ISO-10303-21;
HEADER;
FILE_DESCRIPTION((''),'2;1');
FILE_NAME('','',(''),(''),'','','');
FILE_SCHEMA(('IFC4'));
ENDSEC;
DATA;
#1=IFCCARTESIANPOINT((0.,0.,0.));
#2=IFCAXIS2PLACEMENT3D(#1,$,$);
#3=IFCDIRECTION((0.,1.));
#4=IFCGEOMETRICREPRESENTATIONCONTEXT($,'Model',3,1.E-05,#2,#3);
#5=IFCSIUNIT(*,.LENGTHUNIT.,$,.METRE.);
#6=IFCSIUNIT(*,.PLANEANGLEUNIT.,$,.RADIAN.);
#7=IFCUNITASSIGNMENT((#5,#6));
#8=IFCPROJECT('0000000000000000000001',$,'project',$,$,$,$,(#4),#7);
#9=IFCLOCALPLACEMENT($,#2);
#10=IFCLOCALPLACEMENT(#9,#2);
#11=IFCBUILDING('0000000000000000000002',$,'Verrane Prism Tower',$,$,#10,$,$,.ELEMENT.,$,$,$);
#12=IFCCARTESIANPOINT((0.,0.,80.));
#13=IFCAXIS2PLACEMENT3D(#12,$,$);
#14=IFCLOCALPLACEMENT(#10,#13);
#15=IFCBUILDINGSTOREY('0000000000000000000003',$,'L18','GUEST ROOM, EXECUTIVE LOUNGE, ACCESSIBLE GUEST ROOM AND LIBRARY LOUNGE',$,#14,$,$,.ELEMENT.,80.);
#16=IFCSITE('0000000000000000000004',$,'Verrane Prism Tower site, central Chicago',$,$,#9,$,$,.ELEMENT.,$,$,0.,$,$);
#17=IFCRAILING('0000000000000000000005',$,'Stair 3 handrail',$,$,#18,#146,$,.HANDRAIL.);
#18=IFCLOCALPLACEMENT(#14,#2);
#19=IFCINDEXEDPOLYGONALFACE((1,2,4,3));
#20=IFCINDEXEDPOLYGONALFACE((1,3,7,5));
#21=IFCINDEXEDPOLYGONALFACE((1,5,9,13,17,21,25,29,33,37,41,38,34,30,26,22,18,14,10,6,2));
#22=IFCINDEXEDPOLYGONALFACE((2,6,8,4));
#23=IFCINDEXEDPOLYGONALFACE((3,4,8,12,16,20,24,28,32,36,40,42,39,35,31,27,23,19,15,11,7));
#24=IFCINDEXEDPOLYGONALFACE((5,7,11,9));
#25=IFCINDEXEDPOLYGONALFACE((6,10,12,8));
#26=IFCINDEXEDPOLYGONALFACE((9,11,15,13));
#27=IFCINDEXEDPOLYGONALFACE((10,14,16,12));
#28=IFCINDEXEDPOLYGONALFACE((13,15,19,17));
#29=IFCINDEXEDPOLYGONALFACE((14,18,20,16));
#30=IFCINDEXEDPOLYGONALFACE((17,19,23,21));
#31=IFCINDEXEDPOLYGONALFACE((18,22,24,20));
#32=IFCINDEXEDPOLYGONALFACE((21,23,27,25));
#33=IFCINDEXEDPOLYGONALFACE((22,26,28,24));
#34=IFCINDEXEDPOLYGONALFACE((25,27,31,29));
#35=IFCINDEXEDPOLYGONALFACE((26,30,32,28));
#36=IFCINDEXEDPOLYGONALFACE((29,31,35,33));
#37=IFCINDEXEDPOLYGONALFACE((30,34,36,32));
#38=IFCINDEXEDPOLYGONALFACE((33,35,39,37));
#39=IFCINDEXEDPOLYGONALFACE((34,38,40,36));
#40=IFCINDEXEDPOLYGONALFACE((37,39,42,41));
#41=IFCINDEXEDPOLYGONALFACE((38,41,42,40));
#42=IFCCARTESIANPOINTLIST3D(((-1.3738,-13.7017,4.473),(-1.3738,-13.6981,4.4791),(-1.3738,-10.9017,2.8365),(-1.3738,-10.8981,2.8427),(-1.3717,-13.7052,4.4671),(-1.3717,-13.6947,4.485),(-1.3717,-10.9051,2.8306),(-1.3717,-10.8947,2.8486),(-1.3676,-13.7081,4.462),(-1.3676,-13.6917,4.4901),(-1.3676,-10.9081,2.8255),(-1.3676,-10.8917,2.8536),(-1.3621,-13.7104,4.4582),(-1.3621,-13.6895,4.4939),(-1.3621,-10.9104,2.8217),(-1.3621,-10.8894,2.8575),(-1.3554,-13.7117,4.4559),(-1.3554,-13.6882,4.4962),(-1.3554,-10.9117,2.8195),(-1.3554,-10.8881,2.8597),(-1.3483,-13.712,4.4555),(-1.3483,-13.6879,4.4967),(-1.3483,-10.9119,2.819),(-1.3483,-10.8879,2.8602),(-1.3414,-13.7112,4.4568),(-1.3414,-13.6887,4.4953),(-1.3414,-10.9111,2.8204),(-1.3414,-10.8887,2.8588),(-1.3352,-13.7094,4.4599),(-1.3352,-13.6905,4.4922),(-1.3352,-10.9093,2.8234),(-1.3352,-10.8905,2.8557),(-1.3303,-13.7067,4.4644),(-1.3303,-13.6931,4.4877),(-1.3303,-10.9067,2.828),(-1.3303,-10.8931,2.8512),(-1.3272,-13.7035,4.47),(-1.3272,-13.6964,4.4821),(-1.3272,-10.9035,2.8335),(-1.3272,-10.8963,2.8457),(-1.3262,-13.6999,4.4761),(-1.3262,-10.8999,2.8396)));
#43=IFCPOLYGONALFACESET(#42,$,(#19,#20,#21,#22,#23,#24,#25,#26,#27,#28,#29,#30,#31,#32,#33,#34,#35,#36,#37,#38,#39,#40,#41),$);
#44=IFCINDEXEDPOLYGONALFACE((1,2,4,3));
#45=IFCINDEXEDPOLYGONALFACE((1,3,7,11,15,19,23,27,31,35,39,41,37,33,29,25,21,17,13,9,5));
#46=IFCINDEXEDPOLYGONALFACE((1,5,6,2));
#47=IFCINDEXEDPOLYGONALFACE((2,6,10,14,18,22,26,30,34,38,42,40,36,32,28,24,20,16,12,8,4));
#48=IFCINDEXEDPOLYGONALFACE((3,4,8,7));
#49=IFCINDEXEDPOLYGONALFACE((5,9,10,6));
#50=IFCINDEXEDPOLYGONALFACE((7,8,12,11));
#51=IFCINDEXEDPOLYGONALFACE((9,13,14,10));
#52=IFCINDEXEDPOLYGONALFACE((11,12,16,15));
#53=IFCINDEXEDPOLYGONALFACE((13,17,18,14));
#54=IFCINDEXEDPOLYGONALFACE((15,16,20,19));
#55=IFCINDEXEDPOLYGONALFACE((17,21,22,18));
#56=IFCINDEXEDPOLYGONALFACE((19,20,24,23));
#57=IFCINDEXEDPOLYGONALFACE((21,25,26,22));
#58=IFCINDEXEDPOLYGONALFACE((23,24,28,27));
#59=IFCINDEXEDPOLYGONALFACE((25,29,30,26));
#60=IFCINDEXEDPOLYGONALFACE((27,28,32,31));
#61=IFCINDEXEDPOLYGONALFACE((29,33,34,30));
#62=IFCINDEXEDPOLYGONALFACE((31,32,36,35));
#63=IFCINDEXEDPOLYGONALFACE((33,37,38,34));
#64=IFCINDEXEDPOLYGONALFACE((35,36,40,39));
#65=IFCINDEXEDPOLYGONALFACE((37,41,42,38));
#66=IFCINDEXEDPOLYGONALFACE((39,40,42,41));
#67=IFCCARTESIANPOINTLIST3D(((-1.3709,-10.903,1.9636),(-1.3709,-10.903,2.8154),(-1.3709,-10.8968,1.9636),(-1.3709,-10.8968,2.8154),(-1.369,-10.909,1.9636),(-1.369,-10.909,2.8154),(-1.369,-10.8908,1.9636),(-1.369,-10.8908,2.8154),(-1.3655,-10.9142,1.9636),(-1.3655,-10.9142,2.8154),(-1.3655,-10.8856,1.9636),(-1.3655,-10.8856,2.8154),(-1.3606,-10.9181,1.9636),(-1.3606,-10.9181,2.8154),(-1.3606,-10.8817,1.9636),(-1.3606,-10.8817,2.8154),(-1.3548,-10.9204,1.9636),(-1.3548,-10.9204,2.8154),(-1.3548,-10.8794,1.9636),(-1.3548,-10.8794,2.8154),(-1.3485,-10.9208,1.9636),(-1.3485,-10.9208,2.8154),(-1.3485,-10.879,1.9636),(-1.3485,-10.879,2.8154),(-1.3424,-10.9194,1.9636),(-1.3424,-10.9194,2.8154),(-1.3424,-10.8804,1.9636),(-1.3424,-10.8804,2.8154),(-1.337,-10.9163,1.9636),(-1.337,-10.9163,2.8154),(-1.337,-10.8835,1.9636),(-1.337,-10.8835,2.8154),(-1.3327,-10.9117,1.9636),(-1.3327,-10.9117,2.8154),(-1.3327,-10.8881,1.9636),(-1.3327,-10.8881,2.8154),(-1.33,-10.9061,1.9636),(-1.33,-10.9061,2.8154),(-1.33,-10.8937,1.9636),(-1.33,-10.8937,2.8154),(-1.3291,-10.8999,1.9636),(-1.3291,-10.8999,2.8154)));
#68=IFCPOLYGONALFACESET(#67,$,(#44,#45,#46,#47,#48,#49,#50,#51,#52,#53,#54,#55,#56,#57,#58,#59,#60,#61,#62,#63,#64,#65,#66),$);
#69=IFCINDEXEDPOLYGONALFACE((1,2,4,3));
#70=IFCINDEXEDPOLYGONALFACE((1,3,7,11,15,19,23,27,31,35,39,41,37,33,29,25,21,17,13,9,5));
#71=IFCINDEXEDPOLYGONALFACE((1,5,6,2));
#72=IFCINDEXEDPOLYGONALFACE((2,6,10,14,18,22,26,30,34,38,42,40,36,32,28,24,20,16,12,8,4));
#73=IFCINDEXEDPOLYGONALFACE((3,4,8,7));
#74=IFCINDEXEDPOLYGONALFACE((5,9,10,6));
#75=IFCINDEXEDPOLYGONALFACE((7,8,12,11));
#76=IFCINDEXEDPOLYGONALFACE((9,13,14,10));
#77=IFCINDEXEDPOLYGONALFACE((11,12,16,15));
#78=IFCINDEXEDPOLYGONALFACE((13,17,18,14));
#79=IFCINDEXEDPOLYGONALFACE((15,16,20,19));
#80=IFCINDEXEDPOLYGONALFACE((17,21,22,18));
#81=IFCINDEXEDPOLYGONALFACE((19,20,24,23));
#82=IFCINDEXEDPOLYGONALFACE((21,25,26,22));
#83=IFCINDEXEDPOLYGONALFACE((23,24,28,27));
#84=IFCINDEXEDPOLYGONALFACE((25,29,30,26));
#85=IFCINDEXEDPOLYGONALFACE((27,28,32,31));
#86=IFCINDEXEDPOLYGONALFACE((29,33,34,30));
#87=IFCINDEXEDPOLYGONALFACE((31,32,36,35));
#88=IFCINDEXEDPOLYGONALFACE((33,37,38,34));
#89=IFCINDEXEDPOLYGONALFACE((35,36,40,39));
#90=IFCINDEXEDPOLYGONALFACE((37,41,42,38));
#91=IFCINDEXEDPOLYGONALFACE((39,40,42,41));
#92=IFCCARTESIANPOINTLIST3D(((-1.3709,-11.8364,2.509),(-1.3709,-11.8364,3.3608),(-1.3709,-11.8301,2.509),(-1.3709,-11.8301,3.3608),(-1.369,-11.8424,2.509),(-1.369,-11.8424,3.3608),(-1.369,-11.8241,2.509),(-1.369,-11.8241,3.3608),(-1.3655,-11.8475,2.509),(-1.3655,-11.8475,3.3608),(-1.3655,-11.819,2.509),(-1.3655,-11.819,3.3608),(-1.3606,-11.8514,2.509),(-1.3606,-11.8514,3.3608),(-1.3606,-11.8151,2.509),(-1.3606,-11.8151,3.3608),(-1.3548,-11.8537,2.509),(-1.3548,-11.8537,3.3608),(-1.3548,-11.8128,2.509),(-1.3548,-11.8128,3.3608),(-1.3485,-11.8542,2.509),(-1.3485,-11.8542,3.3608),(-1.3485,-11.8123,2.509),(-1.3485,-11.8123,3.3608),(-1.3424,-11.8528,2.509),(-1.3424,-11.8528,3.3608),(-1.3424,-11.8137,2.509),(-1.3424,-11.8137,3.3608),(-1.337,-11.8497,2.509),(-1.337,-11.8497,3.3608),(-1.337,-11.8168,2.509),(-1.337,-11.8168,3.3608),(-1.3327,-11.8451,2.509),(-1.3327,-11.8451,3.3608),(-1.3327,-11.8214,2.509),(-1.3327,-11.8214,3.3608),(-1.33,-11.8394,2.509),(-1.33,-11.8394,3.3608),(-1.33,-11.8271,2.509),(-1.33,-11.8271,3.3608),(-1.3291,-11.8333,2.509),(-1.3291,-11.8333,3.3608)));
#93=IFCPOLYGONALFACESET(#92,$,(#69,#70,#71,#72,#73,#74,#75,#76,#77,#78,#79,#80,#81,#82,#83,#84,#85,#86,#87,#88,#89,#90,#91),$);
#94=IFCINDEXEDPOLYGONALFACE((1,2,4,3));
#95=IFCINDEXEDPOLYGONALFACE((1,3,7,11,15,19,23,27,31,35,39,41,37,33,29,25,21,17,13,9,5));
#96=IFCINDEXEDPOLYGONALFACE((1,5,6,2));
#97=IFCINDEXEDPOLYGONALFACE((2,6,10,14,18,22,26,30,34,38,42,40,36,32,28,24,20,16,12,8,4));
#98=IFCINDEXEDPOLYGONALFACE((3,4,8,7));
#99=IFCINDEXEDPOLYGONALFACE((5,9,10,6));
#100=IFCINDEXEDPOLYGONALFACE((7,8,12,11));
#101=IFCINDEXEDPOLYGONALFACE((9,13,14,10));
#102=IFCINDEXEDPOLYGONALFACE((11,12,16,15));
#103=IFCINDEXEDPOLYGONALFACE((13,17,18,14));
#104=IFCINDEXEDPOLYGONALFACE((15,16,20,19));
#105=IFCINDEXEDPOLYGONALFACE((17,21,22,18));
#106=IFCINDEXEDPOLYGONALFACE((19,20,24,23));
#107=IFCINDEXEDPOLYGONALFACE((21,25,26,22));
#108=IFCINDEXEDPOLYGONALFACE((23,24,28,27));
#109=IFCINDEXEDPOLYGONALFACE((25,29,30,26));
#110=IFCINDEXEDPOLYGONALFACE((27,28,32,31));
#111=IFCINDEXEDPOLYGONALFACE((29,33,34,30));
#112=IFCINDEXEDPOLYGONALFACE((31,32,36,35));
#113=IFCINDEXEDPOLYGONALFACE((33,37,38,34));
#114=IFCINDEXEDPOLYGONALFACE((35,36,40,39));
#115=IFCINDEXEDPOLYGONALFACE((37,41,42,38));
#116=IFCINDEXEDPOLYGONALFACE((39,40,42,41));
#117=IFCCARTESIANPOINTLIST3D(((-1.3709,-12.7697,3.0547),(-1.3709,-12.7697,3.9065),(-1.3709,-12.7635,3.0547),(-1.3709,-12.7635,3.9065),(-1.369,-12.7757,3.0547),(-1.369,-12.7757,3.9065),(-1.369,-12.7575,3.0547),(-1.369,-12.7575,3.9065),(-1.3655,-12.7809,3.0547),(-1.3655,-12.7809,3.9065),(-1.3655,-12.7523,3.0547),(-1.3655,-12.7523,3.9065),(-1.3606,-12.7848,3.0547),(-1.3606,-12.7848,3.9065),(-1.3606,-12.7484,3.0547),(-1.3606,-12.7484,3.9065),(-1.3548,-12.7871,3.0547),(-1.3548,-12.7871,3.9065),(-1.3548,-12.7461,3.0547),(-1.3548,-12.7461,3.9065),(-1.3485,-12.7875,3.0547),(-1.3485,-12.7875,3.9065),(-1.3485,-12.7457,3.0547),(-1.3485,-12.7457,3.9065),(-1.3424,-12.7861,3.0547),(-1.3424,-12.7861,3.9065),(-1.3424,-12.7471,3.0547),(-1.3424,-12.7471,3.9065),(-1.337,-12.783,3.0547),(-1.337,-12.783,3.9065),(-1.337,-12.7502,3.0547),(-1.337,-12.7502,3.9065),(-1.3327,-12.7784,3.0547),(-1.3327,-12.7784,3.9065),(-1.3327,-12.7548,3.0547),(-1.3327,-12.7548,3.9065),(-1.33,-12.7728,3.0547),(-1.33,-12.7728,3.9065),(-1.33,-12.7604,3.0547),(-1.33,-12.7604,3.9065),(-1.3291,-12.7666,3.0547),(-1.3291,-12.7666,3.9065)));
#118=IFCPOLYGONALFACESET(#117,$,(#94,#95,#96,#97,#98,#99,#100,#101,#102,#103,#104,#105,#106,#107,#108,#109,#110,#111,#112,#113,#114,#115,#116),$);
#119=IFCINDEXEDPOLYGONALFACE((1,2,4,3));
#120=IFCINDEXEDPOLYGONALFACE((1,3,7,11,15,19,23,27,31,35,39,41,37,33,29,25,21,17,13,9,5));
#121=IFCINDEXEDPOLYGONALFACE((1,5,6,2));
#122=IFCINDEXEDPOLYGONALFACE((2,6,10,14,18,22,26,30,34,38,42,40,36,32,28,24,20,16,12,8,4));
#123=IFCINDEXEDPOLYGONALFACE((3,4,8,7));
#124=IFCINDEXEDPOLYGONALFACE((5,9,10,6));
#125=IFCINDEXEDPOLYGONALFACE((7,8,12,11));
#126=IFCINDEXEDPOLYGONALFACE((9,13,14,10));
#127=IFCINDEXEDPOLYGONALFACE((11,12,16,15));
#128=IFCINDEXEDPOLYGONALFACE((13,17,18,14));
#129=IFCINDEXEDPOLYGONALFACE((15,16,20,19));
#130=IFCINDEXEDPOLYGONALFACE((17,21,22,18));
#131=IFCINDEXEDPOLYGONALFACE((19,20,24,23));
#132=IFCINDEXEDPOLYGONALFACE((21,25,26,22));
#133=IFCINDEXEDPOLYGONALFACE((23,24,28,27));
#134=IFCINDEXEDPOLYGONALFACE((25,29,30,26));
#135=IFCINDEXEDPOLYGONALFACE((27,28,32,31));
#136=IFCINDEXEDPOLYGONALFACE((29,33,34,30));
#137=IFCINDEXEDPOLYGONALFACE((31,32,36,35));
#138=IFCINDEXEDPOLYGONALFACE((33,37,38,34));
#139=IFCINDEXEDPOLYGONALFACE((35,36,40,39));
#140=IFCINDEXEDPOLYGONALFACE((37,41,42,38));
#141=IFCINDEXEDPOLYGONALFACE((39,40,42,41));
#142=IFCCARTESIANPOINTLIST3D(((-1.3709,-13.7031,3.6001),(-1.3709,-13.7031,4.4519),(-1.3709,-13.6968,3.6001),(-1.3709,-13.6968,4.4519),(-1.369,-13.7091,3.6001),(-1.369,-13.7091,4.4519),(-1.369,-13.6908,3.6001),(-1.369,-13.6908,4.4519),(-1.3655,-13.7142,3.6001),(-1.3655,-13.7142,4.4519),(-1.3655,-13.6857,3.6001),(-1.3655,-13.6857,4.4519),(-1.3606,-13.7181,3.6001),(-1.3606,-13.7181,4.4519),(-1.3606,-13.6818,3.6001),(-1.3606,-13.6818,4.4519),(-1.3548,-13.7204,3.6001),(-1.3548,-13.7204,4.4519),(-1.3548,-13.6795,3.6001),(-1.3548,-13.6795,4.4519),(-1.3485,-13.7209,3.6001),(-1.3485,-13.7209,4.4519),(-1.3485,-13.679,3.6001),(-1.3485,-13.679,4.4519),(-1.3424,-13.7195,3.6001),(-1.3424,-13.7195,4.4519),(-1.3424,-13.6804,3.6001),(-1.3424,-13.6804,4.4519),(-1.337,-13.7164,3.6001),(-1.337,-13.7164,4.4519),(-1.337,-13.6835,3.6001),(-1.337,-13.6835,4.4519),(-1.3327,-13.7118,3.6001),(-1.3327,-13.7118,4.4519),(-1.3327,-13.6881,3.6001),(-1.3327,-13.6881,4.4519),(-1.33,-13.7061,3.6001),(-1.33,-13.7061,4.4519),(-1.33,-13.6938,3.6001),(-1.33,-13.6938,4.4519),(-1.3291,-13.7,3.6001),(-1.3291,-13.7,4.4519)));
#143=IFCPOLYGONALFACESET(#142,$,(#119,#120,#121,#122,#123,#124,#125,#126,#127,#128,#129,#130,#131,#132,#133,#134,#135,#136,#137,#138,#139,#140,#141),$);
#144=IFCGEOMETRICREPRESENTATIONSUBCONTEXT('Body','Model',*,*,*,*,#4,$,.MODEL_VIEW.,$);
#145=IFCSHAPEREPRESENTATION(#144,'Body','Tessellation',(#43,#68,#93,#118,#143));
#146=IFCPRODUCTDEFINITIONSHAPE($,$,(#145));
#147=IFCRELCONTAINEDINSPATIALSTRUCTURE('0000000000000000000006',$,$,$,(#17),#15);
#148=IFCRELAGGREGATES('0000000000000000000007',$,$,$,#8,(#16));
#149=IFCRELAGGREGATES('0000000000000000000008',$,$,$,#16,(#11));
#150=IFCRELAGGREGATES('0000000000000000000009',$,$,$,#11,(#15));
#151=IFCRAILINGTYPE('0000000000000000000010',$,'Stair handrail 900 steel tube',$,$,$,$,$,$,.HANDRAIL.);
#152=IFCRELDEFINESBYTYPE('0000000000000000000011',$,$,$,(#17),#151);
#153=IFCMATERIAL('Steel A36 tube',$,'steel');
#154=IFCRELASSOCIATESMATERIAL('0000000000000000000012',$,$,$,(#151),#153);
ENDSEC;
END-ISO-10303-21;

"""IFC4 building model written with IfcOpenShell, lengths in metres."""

from ifc_helpers import new_model, si_unit, direction, frame, origin, origin_2d, place, context, subcontext, project, spatial, circle, extrude, material, type_object, element, save


model = new_model("IFC4")

# Units and contexts
model_context = context("Model", 3, precision=1e-05, world=origin(), true_north=direction((0.0, 1.0)))
body_context = subcontext(model_context, "Body", "Model", "MODEL_VIEW")
ifc_project = project(units=[si_unit("LENGTHUNIT", "METRE"), si_unit("PLANEANGLEUNIT", "RADIAN")], contexts=[model_context])

# Site, building, storey
site_placement = place(None, origin())
site = spatial("IfcSite", under=ifc_project, at=site_placement, Name="Verrane Prism Tower site, central Chicago", CompositionType="ELEMENT", RefElevation=0.0)
building_placement = place(site_placement, origin())
building = spatial("IfcBuilding", under=site, at=building_placement, Name="Verrane Prism Tower", CompositionType="ELEMENT")
storey_placement = place(building_placement, frame((0.0, 0.0, 80.0)))
storey = spatial("IfcBuildingStorey", under=building, at=storey_placement, Name="L18", Description="GUEST ROOM, EXECUTIVE LOUNGE, ACCESSIBLE GUEST ROOM AND LIBRARY LOUNGE", CompositionType="ELEMENT", Elevation=80.0)

# Railing
ifc_material_1 = material(Name="Steel A36 tube", Category="steel")
railing_type = type_object("IfcRailingType", Name="Stair handrail 900 steel tube", PredefinedType="HANDRAIL", material=ifc_material_1)
railing_placement = place(storey_placement, frame((-1.3501, -10.8999, 1.9636)))
element("IfcRailing", 1, at=railing_placement, inside=storey, type_object=railing_type, Name="Stair 3 handrail", PredefinedType="HANDRAIL", context=body_context, shape_type="SweptSolid", body=[
    extrude(circle(Radius=0.0239, at=origin_2d()), frame((0.0, 0.0, 0.876), z_axis=(0.0, -0.863361, 0.504587), x_axis=(1.0, 0.0, 0.0)), (0.0, 0.0, 1.0), 3.2432),
    extrude(circle(Radius=0.021, at=origin_2d()), origin(), (0.0, 0.0, 1.0), 0.8518),
    extrude(circle(Radius=0.021, at=origin_2d()), frame((0.0, -0.9333, 0.5454)), (0.0, 0.0, 1.0), 0.8518),
    extrude(circle(Radius=0.021, at=origin_2d()), frame((0.0, -1.8667, 1.0911)), (0.0, 0.0, 1.0), 0.8518),
    extrude(circle(Radius=0.021, at=origin_2d()), frame((0.0, -2.8, 1.6365)), (0.0, 0.0, 1.0), 0.8518),
])

save(model, "model.ifc")
